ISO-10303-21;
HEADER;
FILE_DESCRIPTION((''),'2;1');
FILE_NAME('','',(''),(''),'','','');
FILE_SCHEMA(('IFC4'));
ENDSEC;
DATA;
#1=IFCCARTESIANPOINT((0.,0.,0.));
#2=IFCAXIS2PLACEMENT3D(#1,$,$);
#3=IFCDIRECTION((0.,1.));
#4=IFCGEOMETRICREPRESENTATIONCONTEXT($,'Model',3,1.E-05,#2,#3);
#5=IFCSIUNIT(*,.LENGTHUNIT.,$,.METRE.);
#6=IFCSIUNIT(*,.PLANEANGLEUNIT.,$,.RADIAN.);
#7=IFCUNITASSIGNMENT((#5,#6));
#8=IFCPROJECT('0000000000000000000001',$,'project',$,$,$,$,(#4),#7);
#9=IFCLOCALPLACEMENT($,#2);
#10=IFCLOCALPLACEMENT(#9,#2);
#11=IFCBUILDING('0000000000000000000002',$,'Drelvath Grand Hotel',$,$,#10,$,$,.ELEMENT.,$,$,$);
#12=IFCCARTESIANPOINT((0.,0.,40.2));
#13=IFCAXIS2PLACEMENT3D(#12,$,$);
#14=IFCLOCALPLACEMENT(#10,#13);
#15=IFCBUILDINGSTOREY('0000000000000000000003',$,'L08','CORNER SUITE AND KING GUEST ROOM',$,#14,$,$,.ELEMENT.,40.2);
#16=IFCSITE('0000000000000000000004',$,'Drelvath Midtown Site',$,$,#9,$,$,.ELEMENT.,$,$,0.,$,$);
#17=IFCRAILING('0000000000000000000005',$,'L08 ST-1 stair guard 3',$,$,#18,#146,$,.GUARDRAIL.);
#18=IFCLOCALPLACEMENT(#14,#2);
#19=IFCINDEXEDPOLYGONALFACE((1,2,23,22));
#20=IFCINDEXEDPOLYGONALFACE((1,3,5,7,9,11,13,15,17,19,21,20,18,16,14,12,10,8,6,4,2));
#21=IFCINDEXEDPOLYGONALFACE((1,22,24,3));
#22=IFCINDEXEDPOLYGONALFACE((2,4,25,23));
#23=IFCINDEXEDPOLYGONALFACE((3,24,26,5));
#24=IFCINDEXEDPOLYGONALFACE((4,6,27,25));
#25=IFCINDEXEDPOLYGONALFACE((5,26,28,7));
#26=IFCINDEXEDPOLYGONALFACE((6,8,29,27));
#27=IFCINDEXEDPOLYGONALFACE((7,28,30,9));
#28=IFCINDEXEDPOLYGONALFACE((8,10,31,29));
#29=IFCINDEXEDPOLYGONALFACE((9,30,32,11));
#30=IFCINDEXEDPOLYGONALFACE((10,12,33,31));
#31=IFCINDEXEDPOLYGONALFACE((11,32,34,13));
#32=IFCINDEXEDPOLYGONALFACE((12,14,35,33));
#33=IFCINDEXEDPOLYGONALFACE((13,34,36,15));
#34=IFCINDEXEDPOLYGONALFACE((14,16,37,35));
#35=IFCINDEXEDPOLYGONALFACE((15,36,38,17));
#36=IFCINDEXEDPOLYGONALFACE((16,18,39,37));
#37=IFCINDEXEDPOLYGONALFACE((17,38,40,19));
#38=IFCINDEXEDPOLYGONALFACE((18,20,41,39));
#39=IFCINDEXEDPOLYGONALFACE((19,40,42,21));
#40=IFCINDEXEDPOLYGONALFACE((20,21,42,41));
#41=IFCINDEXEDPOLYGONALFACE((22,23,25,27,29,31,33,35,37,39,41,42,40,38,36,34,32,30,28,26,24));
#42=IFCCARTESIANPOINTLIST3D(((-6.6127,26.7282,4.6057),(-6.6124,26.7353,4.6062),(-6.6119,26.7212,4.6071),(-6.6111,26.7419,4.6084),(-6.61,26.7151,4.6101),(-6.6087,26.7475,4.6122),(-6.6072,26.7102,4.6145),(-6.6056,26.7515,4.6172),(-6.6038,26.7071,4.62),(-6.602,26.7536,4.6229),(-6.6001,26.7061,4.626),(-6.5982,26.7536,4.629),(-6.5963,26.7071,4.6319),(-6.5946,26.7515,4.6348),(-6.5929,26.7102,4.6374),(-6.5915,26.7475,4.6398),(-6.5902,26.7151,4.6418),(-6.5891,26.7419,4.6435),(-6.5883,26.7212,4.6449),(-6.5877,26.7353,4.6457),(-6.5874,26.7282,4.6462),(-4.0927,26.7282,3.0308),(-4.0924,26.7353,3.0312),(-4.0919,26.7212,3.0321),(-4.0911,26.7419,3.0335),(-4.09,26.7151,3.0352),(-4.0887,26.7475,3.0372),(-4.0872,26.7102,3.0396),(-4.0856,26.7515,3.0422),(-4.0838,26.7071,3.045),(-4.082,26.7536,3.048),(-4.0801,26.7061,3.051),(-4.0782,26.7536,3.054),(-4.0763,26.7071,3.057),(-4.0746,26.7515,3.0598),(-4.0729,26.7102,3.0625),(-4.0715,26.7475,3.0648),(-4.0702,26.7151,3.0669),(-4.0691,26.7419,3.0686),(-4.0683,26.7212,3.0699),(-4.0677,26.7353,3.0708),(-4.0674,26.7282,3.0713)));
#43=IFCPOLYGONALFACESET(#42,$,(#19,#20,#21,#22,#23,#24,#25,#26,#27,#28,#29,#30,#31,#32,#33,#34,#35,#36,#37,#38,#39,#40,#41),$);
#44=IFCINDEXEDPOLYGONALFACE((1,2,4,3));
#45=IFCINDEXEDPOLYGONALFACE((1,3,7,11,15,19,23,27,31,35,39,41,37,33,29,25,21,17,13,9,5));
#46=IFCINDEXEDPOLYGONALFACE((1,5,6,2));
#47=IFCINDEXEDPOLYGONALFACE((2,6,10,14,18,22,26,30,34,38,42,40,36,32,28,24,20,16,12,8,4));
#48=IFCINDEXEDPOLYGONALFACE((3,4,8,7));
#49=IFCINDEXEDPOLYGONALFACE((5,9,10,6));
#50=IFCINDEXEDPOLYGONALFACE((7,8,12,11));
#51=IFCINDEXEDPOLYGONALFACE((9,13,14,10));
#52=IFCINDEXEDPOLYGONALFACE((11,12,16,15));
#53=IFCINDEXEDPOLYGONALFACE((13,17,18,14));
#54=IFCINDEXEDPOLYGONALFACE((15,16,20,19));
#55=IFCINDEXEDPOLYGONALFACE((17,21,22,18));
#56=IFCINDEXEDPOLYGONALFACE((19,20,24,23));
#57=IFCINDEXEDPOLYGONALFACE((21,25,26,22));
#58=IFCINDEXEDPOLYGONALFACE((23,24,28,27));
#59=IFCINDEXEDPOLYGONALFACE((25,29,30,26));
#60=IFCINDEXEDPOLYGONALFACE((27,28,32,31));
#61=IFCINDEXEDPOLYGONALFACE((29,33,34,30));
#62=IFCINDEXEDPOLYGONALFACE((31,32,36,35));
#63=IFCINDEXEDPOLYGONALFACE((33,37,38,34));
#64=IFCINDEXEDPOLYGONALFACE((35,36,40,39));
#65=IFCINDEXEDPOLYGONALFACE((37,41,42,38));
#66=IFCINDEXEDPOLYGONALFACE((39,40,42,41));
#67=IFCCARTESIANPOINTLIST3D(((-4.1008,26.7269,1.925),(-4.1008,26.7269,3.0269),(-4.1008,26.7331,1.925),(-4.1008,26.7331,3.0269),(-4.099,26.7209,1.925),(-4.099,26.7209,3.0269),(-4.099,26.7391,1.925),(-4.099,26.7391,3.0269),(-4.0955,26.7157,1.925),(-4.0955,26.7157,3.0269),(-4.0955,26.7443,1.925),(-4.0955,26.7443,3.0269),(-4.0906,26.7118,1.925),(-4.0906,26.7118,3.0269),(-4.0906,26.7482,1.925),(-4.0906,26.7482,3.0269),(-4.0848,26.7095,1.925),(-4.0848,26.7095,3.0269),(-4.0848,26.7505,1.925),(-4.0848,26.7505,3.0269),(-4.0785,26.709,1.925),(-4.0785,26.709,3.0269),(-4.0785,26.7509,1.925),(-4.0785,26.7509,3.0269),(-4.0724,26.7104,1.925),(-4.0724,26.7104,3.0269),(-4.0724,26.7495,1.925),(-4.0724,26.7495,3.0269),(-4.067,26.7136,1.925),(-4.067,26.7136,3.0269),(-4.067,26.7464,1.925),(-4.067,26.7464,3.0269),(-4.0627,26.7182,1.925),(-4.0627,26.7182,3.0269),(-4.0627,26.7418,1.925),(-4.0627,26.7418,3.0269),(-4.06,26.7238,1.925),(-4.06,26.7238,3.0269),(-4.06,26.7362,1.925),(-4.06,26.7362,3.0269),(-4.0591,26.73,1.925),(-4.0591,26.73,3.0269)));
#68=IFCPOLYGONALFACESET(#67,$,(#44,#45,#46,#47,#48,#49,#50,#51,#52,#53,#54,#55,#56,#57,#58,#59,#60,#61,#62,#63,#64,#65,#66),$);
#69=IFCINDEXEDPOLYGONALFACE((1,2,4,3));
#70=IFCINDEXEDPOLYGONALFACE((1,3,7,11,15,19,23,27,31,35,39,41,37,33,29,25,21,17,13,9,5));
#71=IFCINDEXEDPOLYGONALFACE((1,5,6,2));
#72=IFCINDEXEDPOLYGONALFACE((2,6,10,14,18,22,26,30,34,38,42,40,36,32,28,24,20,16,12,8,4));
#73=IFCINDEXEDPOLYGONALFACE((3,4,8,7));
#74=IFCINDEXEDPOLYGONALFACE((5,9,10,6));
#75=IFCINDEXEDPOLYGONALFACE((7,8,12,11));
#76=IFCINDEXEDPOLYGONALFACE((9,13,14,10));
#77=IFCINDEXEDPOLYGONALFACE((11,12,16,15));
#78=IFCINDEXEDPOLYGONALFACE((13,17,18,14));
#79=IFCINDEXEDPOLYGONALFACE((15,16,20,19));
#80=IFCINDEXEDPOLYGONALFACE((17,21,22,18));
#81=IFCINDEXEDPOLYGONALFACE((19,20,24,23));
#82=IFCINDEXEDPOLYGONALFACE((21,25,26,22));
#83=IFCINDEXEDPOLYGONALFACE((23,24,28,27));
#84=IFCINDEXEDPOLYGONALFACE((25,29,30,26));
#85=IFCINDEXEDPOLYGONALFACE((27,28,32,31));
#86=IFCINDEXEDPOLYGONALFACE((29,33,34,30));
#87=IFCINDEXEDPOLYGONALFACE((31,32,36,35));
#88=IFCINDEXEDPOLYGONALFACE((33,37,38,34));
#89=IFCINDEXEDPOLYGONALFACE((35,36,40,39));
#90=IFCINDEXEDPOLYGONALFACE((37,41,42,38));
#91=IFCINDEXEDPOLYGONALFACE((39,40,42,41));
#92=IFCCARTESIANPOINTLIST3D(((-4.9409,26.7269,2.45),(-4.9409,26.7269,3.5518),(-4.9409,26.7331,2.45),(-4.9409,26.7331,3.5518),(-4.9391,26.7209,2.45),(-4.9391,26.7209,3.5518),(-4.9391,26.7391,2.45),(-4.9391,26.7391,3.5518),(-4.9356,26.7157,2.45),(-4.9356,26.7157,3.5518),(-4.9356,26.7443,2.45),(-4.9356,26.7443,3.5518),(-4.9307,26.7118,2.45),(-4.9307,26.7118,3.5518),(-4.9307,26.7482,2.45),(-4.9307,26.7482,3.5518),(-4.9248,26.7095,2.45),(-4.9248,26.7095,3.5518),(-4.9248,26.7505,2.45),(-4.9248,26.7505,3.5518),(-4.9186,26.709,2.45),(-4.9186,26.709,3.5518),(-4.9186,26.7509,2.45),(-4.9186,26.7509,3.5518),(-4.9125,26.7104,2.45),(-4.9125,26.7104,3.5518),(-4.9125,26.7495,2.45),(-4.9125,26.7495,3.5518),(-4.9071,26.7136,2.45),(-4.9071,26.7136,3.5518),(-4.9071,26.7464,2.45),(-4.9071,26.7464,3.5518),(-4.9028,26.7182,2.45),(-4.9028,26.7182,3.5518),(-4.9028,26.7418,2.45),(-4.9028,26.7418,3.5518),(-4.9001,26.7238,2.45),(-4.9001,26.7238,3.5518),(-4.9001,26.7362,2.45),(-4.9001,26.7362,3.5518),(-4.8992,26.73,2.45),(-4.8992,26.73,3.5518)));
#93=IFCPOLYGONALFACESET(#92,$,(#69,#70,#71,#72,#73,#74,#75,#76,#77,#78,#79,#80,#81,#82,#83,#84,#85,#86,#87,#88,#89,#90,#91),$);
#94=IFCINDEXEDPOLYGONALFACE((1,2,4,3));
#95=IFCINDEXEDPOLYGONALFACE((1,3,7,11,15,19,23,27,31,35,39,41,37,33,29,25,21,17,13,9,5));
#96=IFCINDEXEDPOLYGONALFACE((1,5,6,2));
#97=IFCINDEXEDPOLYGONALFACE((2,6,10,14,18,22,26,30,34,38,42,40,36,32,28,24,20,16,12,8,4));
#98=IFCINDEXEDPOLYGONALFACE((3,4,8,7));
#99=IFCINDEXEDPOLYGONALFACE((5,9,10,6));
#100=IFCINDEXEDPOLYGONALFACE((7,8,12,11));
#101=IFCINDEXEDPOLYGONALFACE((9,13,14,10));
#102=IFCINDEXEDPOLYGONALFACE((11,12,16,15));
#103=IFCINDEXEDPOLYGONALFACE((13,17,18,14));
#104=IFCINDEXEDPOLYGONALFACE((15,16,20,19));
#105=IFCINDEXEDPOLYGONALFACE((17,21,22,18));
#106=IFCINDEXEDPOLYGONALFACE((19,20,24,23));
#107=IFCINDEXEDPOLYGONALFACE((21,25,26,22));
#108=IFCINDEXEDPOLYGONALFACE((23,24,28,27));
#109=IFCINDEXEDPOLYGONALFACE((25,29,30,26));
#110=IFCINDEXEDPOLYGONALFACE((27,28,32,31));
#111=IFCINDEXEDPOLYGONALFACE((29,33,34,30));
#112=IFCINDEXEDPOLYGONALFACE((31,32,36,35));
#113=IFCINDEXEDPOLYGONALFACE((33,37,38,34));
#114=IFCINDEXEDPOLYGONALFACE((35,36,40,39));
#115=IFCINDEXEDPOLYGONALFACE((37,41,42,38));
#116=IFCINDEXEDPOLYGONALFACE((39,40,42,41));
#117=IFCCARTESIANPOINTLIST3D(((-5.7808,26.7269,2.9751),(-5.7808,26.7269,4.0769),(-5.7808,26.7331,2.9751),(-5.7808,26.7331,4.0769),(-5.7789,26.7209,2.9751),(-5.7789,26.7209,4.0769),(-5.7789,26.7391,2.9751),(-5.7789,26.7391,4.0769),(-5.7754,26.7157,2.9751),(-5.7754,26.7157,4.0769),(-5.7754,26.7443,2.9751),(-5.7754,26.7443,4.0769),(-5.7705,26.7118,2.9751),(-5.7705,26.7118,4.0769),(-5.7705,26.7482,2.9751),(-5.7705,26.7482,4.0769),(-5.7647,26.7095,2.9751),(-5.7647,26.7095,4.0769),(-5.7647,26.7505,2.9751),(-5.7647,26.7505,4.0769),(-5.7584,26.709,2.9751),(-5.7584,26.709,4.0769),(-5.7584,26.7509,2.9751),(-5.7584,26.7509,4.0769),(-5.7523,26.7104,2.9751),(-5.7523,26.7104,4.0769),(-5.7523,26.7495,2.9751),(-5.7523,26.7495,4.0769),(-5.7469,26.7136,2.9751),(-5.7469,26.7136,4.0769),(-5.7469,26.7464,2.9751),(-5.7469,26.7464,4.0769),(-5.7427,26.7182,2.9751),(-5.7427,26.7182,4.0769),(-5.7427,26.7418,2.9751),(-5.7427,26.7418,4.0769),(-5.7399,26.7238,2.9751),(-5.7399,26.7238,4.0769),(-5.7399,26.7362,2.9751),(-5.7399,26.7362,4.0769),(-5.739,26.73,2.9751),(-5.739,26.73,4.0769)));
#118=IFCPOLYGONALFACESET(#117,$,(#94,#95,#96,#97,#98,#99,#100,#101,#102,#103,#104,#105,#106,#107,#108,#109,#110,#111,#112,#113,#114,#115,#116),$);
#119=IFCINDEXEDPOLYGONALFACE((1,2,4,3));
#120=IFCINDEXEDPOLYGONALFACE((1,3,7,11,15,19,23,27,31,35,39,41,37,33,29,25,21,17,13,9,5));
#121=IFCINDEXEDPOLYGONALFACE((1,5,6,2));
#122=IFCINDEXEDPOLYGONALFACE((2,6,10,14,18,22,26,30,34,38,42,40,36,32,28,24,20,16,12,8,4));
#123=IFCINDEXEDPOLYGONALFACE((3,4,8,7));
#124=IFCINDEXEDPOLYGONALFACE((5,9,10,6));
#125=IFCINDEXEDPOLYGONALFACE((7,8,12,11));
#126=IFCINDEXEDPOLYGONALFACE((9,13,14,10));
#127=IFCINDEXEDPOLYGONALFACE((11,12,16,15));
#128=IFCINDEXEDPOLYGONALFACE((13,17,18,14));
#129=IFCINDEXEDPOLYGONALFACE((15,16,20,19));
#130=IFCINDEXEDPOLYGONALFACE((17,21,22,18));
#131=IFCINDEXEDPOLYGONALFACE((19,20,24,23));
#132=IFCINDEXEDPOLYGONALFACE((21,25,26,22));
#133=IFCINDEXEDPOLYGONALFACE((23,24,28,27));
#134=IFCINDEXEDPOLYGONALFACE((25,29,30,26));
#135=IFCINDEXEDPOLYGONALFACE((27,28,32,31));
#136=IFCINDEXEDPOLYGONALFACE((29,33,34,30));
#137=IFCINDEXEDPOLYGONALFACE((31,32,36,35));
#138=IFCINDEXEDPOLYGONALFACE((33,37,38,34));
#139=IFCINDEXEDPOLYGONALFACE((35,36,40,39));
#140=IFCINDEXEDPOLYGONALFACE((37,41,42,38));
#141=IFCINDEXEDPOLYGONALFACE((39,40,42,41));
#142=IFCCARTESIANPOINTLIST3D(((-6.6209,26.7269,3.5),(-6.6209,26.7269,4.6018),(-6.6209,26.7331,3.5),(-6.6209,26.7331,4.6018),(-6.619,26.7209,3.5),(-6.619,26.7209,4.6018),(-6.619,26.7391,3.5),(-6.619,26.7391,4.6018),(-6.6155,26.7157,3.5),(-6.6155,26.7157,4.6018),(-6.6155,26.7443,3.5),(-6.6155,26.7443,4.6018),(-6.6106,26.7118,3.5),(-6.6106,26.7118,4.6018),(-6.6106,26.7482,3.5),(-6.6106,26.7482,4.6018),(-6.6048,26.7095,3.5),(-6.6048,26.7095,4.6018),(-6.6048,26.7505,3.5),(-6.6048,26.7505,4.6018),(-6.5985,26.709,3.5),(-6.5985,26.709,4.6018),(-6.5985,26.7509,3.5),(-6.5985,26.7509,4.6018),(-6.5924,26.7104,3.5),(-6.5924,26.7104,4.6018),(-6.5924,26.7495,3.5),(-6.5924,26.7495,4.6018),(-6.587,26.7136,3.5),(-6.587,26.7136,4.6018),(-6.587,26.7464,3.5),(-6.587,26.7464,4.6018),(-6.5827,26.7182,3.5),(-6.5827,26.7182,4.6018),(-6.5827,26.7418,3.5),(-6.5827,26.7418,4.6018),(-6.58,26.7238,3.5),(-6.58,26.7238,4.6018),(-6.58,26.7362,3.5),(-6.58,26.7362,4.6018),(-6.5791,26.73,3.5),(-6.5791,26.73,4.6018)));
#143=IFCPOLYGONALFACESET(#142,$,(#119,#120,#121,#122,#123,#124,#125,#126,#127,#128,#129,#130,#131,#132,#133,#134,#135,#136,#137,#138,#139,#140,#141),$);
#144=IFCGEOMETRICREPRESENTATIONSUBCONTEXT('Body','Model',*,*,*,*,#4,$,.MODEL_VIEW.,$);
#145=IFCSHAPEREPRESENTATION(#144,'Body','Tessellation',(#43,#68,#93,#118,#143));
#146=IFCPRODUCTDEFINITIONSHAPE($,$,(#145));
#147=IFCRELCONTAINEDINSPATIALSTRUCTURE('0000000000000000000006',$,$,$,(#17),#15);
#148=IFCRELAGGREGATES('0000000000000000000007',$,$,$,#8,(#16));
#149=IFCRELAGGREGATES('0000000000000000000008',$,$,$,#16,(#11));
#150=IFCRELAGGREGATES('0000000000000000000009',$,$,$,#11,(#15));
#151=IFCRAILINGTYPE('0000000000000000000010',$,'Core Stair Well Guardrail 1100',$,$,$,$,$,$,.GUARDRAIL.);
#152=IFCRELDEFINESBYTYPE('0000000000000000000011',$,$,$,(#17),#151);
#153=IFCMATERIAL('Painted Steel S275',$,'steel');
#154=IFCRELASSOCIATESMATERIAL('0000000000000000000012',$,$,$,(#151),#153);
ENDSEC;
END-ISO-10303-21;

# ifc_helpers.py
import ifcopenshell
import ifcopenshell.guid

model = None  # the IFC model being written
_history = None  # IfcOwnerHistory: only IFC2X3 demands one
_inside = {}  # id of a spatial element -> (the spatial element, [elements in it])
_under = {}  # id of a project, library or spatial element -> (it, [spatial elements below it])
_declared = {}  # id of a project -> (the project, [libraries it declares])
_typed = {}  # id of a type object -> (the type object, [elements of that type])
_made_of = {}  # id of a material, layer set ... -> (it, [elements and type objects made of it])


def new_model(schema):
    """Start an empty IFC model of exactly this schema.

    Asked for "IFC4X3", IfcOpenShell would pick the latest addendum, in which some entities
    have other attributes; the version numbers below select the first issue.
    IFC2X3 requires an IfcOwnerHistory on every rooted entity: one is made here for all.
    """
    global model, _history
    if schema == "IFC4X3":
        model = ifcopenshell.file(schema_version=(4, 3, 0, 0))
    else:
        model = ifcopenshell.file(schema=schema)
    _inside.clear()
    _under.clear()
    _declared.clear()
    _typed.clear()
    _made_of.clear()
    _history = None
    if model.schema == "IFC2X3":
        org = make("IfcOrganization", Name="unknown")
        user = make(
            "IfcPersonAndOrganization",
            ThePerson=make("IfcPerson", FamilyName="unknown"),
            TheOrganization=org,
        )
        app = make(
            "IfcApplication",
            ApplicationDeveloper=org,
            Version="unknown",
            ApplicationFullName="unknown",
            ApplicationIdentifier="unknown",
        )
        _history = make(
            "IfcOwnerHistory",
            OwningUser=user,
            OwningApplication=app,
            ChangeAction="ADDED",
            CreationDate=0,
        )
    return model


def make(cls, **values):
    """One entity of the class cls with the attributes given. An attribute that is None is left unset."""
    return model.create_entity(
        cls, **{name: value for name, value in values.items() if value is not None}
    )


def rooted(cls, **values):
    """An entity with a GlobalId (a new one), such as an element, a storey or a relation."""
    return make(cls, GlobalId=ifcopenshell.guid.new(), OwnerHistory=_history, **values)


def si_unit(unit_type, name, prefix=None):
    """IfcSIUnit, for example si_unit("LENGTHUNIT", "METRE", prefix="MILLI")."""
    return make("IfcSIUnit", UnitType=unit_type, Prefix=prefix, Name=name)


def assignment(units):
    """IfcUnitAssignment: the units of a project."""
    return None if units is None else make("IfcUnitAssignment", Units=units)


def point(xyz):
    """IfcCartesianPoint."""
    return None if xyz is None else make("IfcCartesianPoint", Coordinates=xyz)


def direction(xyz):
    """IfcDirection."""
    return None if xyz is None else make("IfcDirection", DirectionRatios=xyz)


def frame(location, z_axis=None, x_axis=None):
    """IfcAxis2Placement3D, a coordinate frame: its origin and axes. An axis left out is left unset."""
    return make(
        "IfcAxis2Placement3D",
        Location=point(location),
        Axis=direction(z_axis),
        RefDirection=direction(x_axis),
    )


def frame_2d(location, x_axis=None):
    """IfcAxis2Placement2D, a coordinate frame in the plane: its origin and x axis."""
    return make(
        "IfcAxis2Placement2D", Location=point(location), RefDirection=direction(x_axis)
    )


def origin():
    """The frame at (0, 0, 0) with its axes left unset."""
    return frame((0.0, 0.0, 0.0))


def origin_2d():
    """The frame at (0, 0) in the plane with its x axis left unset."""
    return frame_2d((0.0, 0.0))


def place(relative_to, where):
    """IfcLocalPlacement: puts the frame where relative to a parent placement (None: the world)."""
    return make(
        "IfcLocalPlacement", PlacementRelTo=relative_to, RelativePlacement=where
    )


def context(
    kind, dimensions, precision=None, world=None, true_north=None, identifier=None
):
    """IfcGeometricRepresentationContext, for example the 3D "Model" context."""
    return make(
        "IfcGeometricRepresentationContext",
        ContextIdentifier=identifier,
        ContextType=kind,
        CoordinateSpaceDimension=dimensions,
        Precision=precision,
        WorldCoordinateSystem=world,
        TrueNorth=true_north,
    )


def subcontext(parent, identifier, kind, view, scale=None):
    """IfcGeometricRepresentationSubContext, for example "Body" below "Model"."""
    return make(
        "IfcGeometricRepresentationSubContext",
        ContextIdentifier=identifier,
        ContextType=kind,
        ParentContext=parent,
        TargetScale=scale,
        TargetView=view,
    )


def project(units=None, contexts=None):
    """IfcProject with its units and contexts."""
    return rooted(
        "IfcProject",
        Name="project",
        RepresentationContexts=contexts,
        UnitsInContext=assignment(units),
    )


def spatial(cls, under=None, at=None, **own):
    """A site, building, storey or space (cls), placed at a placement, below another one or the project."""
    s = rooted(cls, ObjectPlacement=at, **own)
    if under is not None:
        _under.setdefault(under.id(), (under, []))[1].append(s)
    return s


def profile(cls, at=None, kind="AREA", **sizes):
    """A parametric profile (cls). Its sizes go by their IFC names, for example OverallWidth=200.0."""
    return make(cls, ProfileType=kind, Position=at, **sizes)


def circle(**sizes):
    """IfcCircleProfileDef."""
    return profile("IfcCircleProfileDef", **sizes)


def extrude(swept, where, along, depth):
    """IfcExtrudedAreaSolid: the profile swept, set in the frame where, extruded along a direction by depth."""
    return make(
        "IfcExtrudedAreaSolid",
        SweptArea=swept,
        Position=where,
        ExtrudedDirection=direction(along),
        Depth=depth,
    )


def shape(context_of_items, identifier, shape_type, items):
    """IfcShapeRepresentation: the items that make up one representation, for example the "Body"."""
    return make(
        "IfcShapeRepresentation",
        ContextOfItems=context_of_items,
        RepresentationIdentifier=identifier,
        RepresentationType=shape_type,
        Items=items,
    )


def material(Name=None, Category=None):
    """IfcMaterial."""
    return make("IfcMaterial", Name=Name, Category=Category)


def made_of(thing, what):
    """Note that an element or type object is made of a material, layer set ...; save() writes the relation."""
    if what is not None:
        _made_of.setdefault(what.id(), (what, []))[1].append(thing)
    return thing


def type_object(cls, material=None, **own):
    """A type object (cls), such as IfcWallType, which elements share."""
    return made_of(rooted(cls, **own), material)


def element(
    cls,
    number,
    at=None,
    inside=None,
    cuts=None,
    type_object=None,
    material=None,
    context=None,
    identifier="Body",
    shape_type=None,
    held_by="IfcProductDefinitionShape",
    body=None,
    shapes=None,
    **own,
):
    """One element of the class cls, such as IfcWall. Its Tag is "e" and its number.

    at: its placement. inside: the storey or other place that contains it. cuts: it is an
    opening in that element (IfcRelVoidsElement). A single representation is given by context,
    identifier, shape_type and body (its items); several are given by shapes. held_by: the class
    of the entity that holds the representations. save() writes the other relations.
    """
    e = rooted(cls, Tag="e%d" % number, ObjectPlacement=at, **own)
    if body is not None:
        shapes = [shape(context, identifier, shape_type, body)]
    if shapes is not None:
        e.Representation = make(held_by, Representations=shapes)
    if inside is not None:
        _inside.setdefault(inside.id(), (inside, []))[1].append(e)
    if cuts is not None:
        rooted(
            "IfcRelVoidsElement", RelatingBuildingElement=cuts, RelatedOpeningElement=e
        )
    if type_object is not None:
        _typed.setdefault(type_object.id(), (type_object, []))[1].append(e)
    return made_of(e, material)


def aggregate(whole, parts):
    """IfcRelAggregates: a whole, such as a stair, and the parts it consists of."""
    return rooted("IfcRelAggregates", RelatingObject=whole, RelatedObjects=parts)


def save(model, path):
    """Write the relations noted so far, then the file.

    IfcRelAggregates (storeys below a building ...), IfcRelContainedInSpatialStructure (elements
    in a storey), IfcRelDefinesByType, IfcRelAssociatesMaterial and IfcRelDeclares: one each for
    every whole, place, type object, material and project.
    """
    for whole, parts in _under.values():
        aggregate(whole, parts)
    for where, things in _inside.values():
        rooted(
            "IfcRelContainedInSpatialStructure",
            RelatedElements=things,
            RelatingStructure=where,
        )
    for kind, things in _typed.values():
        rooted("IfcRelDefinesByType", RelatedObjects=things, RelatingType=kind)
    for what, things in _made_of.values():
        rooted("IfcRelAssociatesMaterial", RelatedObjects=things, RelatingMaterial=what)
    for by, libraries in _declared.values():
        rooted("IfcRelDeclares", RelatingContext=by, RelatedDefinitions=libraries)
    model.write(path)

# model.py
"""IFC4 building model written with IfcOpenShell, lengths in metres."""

from ifc_helpers import new_model, si_unit, direction, frame, origin, origin_2d, place, context, subcontext, project, spatial, circle, extrude, material, type_object, element, save


model = new_model("IFC4")

# Units and contexts
model_context = context("Model", 3, precision=1e-05, world=origin(), true_north=direction((0.0, 1.0)))
body_context = subcontext(model_context, "Body", "Model", "MODEL_VIEW")
ifc_project = project(units=[si_unit("LENGTHUNIT", "METRE"), si_unit("PLANEANGLEUNIT", "RADIAN")], contexts=[model_context])

# Site, building, storey
site_placement = place(None, origin())
site = spatial("IfcSite", under=ifc_project, at=site_placement, Name="Drelvath Midtown Site", CompositionType="ELEMENT", RefElevation=0.0)
building_placement = place(site_placement, origin())
building = spatial("IfcBuilding", under=site, at=building_placement, Name="Drelvath Grand Hotel", CompositionType="ELEMENT")
storey_placement = place(building_placement, frame((0.0, 0.0, 40.2)))
storey = spatial("IfcBuildingStorey", under=building, at=storey_placement, Name="L08", Description="CORNER SUITE AND KING GUEST ROOM", CompositionType="ELEMENT", Elevation=40.2)

# Shared definitions
ifc_material_1 = material(Name="Painted Steel S275", Category="steel")

# Railing
railing_type_1 = type_object("IfcRailingType", Name="Core Stair Well Guardrail 1100", PredefinedType="GUARDRAIL", material=ifc_material_1)
railing_1_placement = place(storey_placement, frame((-4.0801, 26.73, 1.925)))
element("IfcRailing", 1, at=railing_1_placement, inside=storey, type_object=railing_type_1, Name="L08 ST-1 stair guard 3", PredefinedType="GUARDRAIL", context=body_context, shape_type="SweptSolid", body=[
    extrude(circle(Radius=0.0239, at=origin_2d()), frame((0.0, 0.0, 1.126), z_axis=(-0.848008, 0.0, 0.529984), x_axis=(0.0, -1.0, 0.0)), (0.0, 0.0, 1.0), 2.9717),
    extrude(circle(Radius=0.021, at=origin_2d()), origin(), (0.0, 0.0, 1.0), 1.1018),
    extrude(circle(Radius=0.021, at=origin_2d()), frame((-0.8401, 0.0, 0.5249)), (0.0, 0.0, 1.0), 1.1018),
    extrude(circle(Radius=0.021, at=origin_2d()), frame((-1.6799, 0.0, 1.05)), (0.0, 0.0, 1.0), 1.1018),
    extrude(circle(Radius=0.021, at=origin_2d()), frame((-2.52, 0.0, 1.575)), (0.0, 0.0, 1.0), 1.1018),
])

save(model, "model.ifc")
